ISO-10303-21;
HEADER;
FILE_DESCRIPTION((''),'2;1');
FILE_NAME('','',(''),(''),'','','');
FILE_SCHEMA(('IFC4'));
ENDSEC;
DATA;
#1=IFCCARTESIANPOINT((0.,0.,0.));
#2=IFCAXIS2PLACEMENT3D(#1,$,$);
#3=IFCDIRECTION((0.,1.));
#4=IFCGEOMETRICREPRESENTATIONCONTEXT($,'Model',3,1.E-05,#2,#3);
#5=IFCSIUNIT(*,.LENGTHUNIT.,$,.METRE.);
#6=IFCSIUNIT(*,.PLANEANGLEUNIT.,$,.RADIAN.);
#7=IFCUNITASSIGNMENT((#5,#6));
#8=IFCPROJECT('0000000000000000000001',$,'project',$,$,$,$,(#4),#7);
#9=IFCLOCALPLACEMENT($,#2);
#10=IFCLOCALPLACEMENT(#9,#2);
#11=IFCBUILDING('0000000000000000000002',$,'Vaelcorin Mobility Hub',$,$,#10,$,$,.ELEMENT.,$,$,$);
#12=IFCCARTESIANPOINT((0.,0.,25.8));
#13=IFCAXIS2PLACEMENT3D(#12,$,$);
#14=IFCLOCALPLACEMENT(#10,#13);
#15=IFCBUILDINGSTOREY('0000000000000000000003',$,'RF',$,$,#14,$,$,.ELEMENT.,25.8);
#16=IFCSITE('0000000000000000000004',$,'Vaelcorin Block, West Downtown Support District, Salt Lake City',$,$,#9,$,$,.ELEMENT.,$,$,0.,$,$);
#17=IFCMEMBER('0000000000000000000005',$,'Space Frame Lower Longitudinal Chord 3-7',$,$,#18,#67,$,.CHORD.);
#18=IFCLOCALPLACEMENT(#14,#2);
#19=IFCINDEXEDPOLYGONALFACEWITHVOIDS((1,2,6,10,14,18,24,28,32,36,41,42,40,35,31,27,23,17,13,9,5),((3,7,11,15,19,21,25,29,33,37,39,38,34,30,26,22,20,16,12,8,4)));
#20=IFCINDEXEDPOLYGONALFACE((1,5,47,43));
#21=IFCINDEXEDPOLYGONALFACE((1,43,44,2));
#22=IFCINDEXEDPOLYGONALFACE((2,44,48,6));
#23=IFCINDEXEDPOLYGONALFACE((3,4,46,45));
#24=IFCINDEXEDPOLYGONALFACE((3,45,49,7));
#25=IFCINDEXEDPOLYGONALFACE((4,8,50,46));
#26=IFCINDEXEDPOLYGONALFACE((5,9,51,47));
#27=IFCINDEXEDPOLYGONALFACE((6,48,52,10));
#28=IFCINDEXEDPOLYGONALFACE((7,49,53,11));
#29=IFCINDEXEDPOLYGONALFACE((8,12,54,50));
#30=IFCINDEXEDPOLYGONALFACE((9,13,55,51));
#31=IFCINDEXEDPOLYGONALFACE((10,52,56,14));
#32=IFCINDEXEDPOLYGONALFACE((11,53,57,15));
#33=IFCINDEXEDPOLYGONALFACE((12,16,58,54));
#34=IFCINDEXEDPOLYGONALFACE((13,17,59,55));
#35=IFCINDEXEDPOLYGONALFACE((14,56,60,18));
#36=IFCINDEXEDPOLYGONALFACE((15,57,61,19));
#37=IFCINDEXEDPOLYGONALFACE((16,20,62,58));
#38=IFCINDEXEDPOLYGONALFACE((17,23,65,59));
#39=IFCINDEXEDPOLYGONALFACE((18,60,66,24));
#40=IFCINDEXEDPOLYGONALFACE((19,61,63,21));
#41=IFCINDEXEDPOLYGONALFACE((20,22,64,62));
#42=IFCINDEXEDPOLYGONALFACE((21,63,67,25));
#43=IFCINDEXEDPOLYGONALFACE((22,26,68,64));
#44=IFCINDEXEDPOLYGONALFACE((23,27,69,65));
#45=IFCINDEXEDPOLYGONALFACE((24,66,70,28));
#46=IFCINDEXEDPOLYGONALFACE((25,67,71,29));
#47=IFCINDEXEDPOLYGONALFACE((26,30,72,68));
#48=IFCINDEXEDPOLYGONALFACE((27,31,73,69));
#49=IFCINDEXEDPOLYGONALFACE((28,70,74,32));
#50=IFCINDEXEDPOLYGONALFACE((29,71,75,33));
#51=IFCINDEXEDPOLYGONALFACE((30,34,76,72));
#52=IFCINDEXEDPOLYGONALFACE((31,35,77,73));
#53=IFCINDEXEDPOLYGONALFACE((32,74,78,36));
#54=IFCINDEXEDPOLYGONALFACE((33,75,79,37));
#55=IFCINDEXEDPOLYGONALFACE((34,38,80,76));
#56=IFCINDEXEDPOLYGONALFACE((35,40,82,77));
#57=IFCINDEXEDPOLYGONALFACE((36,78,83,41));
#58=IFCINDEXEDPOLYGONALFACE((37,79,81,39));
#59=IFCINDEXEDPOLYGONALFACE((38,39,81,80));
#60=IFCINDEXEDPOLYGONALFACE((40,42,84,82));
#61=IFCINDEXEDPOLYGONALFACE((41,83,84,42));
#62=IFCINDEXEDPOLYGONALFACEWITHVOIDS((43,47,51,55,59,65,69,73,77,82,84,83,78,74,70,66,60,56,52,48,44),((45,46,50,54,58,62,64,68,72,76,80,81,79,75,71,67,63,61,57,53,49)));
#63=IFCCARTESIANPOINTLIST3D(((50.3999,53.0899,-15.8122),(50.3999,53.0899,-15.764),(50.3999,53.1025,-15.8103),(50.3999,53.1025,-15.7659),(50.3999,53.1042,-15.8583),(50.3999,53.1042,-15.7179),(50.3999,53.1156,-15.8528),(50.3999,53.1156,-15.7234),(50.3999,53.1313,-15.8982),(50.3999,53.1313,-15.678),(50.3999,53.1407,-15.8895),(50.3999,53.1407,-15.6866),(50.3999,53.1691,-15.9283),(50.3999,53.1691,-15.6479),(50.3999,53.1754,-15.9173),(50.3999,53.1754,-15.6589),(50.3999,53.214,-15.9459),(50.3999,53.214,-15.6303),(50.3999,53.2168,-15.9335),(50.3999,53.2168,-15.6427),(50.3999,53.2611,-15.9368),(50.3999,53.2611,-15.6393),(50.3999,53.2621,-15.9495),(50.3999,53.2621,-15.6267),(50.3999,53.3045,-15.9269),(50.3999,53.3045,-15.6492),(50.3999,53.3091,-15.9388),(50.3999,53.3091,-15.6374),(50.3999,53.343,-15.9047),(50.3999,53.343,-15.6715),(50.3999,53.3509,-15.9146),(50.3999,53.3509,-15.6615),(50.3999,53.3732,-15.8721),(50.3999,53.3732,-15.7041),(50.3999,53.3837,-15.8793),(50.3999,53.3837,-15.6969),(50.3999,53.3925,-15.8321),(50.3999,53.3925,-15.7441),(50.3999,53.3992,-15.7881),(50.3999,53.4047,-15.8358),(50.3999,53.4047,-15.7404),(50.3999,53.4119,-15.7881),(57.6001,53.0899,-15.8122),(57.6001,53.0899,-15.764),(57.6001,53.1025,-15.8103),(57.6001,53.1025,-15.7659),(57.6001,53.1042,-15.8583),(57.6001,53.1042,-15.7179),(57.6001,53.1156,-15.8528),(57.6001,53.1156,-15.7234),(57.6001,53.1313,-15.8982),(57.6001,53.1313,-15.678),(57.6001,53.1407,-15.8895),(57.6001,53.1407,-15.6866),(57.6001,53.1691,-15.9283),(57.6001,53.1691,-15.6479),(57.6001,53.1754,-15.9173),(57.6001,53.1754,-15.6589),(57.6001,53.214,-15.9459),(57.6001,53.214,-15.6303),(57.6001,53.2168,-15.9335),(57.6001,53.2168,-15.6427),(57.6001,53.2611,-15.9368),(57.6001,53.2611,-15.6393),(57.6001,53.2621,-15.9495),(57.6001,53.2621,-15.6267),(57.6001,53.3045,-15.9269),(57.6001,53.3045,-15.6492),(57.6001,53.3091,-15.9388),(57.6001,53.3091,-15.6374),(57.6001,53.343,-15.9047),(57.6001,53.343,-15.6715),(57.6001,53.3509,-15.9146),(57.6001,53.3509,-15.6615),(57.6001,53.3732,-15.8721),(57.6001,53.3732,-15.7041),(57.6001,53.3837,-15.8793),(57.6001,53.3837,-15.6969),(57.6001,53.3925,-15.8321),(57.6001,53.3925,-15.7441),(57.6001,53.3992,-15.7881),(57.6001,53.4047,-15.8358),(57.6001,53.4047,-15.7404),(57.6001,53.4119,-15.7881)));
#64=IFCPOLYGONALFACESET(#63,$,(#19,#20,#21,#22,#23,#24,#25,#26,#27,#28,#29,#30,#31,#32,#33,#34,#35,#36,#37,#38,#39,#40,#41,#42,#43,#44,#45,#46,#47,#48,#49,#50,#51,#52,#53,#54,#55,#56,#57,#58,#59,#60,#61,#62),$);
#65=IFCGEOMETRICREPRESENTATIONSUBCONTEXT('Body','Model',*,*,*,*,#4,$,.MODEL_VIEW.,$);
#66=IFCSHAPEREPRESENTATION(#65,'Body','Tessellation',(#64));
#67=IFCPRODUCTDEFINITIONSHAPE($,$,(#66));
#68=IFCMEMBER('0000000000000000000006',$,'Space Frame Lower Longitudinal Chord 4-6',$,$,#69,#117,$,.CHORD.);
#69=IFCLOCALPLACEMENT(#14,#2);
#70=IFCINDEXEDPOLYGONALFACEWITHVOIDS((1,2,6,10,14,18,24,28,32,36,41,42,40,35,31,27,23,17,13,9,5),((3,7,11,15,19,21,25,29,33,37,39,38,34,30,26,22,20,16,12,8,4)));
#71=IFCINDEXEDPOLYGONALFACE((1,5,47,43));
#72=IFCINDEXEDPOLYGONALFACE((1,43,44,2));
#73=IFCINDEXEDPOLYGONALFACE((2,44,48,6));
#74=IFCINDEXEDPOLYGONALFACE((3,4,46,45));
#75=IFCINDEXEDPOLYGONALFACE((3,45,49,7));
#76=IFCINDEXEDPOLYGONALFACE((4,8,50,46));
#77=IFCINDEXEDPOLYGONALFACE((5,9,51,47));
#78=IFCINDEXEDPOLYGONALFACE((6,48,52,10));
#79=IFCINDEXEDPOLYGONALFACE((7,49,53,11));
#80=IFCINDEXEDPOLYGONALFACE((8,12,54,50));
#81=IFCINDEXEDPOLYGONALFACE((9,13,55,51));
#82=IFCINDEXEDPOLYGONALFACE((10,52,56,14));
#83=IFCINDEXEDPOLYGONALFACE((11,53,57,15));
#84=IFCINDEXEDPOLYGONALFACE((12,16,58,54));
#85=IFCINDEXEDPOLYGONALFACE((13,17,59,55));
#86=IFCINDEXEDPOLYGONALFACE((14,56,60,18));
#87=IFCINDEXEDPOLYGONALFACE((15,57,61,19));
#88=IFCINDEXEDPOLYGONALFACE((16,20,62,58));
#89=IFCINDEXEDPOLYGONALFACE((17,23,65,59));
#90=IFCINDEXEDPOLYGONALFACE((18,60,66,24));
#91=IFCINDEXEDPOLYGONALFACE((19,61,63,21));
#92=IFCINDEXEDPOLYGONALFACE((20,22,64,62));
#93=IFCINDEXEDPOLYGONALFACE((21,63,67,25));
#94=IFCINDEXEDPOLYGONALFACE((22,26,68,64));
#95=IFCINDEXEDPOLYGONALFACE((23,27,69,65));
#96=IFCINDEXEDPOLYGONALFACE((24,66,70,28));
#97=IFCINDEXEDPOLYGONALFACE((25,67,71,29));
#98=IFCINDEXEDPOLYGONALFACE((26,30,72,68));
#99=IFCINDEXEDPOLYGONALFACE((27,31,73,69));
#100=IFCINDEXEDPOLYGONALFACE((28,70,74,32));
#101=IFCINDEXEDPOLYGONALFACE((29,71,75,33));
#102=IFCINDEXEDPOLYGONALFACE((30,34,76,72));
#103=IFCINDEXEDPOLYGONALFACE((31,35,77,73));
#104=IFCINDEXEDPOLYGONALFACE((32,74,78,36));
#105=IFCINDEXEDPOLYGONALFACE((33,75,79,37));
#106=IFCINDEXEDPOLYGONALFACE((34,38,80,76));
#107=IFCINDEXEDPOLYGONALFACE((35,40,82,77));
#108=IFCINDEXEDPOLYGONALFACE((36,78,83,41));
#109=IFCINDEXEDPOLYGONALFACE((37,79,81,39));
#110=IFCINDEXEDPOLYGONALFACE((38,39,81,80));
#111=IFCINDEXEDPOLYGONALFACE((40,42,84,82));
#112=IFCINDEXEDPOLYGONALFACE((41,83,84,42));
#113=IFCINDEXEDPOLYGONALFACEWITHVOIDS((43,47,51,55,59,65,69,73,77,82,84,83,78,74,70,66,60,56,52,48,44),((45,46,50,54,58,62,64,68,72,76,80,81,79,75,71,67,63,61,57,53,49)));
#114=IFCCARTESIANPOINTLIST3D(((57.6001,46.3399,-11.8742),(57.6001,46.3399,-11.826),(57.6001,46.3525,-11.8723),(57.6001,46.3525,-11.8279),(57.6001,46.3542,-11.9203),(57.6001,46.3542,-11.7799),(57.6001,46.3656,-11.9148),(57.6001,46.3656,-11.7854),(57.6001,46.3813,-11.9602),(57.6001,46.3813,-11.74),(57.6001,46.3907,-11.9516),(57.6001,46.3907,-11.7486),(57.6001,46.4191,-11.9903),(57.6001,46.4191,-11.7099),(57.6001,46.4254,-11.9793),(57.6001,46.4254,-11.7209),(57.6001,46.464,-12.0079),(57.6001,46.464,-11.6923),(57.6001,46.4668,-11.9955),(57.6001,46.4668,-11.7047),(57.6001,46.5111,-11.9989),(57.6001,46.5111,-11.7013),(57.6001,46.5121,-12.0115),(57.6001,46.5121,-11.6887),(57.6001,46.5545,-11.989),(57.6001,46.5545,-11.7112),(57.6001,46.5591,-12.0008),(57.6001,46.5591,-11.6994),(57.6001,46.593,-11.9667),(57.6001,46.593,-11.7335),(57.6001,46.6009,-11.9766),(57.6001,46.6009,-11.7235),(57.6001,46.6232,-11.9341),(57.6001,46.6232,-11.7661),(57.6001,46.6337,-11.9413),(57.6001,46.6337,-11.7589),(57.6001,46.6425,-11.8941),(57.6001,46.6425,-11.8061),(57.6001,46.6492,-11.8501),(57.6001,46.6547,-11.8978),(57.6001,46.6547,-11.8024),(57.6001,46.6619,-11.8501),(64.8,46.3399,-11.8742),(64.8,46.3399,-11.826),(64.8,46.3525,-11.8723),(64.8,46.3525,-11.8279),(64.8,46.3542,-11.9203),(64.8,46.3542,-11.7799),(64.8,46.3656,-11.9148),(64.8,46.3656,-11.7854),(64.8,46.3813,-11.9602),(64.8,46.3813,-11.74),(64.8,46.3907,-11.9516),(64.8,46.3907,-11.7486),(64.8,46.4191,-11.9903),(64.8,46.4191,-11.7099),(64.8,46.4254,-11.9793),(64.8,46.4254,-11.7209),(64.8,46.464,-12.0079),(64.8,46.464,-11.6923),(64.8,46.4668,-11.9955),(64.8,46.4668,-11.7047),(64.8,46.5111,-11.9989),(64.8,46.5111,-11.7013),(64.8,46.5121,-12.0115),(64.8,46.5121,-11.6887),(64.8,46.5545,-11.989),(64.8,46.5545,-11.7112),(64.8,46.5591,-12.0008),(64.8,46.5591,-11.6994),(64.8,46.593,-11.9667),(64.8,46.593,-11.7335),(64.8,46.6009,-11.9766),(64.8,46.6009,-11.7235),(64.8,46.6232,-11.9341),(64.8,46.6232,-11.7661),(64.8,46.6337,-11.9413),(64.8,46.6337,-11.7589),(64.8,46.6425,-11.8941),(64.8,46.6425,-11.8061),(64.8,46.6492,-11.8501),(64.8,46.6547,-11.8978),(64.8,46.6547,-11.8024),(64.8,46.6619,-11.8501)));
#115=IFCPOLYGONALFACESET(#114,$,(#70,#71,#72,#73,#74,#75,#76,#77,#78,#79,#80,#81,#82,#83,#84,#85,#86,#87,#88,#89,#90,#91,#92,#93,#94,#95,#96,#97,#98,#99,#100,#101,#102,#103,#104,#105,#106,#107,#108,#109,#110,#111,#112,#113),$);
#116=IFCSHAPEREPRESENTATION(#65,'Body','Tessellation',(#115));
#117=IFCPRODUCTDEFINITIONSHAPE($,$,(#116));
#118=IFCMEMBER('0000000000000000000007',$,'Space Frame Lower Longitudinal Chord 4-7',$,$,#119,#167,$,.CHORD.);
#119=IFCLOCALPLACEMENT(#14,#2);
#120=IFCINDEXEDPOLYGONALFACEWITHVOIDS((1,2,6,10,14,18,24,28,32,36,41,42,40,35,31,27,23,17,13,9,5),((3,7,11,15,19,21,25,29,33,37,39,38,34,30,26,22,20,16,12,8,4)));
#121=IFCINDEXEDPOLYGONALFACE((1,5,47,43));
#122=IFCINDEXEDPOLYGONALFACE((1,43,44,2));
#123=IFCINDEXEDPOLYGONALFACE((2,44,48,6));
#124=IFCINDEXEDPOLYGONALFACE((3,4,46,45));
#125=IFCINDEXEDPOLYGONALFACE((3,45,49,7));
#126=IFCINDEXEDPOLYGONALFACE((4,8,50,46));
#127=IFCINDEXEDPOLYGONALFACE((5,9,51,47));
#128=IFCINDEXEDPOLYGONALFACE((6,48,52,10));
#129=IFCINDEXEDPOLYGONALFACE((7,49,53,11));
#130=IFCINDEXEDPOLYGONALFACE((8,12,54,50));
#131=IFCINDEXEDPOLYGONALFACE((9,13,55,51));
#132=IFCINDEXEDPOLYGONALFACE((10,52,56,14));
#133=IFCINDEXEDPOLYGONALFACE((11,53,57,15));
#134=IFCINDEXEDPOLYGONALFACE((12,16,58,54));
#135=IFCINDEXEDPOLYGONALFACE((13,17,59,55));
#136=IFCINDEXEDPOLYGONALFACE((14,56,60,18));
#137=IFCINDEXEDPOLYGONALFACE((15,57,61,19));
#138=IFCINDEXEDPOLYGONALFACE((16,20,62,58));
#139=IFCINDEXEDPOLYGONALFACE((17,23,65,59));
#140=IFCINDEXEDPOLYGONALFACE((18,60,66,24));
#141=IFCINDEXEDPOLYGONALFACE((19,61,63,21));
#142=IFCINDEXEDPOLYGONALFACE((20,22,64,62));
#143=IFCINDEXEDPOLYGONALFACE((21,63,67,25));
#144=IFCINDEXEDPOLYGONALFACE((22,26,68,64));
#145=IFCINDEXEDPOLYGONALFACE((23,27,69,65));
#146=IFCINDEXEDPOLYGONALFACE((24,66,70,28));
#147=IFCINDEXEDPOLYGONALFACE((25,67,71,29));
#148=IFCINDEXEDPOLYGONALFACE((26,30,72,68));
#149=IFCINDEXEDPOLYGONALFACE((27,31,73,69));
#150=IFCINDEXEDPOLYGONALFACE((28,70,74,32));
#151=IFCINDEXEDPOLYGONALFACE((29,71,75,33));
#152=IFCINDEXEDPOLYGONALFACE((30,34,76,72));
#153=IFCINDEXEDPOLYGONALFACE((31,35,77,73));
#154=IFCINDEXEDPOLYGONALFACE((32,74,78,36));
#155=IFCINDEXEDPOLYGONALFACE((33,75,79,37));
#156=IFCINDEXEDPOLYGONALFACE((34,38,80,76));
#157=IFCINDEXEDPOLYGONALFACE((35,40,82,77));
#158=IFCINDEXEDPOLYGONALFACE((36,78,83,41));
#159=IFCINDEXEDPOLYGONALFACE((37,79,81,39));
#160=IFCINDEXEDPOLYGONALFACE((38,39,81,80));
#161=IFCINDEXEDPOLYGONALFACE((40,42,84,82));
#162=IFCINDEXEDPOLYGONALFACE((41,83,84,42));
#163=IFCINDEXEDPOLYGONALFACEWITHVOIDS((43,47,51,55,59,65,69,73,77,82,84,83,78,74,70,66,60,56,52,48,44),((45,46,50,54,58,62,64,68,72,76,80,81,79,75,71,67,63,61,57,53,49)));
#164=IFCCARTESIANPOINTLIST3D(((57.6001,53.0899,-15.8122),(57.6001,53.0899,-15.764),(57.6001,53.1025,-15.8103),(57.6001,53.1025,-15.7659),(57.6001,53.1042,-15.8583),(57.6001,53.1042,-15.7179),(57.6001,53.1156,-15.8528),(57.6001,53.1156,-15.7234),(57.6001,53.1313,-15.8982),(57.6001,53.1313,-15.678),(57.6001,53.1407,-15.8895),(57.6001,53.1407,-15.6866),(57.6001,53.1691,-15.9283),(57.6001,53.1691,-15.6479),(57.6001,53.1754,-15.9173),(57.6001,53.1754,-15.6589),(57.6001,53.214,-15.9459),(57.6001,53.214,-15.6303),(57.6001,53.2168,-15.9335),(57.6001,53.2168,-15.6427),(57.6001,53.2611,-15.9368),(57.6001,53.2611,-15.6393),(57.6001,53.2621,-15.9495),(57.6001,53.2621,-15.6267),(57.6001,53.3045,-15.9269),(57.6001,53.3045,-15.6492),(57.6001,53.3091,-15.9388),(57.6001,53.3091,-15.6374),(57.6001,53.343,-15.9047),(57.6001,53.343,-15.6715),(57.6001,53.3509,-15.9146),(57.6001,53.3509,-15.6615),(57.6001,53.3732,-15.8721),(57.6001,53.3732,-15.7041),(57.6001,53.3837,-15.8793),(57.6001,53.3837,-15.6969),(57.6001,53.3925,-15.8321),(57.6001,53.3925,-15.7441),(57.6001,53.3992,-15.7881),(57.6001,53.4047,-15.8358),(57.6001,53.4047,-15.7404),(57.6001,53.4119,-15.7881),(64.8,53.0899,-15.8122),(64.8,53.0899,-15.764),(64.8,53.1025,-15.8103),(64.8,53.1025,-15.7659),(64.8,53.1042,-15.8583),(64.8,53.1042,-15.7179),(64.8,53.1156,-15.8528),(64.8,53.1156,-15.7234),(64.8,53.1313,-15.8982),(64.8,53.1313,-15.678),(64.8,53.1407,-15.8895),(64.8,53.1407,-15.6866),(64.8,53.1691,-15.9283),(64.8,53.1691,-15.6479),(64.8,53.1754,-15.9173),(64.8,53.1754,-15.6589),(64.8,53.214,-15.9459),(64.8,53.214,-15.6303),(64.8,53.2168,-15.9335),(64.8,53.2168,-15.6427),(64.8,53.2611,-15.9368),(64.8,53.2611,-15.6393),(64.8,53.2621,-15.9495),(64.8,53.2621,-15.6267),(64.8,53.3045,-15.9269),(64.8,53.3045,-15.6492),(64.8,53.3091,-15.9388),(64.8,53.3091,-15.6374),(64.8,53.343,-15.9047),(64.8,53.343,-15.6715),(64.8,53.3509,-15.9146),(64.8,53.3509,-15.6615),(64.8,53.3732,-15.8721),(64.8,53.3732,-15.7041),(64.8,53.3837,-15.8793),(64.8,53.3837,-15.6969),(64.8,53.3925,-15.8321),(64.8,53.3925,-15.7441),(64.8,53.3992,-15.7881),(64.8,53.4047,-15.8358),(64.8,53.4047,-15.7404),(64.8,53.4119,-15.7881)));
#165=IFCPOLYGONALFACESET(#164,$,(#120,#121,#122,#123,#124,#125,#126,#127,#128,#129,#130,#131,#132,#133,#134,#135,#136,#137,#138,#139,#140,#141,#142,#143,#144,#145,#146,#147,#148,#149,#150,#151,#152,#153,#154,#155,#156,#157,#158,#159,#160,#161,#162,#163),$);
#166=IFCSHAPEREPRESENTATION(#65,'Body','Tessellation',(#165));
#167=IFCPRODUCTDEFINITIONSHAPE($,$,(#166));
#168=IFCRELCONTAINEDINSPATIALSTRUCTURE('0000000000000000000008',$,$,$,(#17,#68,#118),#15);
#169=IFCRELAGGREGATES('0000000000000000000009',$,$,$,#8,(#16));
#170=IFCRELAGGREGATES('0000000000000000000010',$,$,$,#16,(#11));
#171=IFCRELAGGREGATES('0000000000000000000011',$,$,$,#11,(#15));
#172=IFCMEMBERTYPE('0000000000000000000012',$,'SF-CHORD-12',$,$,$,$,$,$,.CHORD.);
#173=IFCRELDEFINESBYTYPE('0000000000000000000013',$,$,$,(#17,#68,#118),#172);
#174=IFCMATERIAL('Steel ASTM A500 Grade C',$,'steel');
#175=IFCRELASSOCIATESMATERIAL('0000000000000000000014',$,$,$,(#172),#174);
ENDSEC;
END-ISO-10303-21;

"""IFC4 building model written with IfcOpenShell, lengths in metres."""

from ifc_helpers import new_model, si_unit, direction, frame, origin, origin_2d, place, context, subcontext, project, spatial, hollow_circle, extrude, material, material_profile, profile_set, type_object, element, save


model = new_model("IFC4")

# Units and contexts
model_context = context("Model", 3, precision=1e-05, world=origin(), true_north=direction((0.0, 1.0)))
body_context = subcontext(model_context, "Body", "Model", "MODEL_VIEW")
ifc_project = project(units=[si_unit("LENGTHUNIT", "METRE"), si_unit("PLANEANGLEUNIT", "RADIAN")], contexts=[model_context])

# Site, building, storey
site_placement = place(None, origin())
site = spatial("IfcSite", under=ifc_project, at=site_placement, Name="Vaelcorin Block, West Downtown Support District, Salt Lake City", CompositionType="ELEMENT", RefElevation=0.0)
building_placement = place(site_placement, origin())
building = spatial("IfcBuilding", under=site, at=building_placement, Name="Vaelcorin Mobility Hub", CompositionType="ELEMENT")
storey_placement = place(building_placement, frame((0.0, 0.0, 25.8)))
storey = spatial("IfcBuildingStorey", under=building, at=storey_placement, Name="RF", CompositionType="ELEMENT", Elevation=25.8)

# Members
ifc_material_1 = material(Name="Steel ASTM A500 Grade C", Category="steel")
ifc_material_profile_1 = material_profile(ifc_material_1, hollow_circle(Radius=0.1619, WallThickness=0.0127, at=origin_2d()), Name="HSS12.750X0.500")
ifc_profile_set_1 = profile_set([ifc_material_profile_1], Name="Steel ASTM A500 Grade C")
member_type_1 = type_object("IfcMemberType", Name="SF-CHORD-12", PredefinedType="CHORD", material=ifc_profile_set_1)
member_1_placement = place(storey_placement, frame((50.3999, 53.25, -15.7881), z_axis=(1.0, 0.0, 0.0), x_axis=(0.0, 1.0, 0.0)))
element("IfcMember", 1, at=member_1_placement, inside=storey, type_object=member_type_1, Name="Space Frame Lower Longitudinal Chord 3-7", PredefinedType="CHORD", context=body_context, shape_type="SweptSolid", body=[
    extrude(hollow_circle(Radius=0.1619, WallThickness=0.0127, at=origin_2d()), origin(), (0.0, 0.0, 1.0), 7.2002),
])
for number, where, z_axis, x_axis, name in (
    (2, (57.6001, 46.5, -11.8501), (1.0, 0.0, 0.0), (0.0, 1.0, 0.0), "Space Frame Lower Longitudinal Chord 4-6"),
    (3, (57.6001, 53.25, -15.7881), (1.0, 0.0, 0.0), (0.0, 1.0, 0.0), "Space Frame Lower Longitudinal Chord 4-7"),
):
    element("IfcMember", number, at=place(storey_placement, frame(where, z_axis=z_axis, x_axis=x_axis)), inside=storey, type_object=member_type_1, Name=name, PredefinedType="CHORD", context=body_context, shape_type="SweptSolid", body=[
        extrude(hollow_circle(Radius=0.1619, WallThickness=0.0127, at=origin_2d()), origin(), (0.0, 0.0, 1.0), 7.2),
    ])

save(model, "model.ifc")
